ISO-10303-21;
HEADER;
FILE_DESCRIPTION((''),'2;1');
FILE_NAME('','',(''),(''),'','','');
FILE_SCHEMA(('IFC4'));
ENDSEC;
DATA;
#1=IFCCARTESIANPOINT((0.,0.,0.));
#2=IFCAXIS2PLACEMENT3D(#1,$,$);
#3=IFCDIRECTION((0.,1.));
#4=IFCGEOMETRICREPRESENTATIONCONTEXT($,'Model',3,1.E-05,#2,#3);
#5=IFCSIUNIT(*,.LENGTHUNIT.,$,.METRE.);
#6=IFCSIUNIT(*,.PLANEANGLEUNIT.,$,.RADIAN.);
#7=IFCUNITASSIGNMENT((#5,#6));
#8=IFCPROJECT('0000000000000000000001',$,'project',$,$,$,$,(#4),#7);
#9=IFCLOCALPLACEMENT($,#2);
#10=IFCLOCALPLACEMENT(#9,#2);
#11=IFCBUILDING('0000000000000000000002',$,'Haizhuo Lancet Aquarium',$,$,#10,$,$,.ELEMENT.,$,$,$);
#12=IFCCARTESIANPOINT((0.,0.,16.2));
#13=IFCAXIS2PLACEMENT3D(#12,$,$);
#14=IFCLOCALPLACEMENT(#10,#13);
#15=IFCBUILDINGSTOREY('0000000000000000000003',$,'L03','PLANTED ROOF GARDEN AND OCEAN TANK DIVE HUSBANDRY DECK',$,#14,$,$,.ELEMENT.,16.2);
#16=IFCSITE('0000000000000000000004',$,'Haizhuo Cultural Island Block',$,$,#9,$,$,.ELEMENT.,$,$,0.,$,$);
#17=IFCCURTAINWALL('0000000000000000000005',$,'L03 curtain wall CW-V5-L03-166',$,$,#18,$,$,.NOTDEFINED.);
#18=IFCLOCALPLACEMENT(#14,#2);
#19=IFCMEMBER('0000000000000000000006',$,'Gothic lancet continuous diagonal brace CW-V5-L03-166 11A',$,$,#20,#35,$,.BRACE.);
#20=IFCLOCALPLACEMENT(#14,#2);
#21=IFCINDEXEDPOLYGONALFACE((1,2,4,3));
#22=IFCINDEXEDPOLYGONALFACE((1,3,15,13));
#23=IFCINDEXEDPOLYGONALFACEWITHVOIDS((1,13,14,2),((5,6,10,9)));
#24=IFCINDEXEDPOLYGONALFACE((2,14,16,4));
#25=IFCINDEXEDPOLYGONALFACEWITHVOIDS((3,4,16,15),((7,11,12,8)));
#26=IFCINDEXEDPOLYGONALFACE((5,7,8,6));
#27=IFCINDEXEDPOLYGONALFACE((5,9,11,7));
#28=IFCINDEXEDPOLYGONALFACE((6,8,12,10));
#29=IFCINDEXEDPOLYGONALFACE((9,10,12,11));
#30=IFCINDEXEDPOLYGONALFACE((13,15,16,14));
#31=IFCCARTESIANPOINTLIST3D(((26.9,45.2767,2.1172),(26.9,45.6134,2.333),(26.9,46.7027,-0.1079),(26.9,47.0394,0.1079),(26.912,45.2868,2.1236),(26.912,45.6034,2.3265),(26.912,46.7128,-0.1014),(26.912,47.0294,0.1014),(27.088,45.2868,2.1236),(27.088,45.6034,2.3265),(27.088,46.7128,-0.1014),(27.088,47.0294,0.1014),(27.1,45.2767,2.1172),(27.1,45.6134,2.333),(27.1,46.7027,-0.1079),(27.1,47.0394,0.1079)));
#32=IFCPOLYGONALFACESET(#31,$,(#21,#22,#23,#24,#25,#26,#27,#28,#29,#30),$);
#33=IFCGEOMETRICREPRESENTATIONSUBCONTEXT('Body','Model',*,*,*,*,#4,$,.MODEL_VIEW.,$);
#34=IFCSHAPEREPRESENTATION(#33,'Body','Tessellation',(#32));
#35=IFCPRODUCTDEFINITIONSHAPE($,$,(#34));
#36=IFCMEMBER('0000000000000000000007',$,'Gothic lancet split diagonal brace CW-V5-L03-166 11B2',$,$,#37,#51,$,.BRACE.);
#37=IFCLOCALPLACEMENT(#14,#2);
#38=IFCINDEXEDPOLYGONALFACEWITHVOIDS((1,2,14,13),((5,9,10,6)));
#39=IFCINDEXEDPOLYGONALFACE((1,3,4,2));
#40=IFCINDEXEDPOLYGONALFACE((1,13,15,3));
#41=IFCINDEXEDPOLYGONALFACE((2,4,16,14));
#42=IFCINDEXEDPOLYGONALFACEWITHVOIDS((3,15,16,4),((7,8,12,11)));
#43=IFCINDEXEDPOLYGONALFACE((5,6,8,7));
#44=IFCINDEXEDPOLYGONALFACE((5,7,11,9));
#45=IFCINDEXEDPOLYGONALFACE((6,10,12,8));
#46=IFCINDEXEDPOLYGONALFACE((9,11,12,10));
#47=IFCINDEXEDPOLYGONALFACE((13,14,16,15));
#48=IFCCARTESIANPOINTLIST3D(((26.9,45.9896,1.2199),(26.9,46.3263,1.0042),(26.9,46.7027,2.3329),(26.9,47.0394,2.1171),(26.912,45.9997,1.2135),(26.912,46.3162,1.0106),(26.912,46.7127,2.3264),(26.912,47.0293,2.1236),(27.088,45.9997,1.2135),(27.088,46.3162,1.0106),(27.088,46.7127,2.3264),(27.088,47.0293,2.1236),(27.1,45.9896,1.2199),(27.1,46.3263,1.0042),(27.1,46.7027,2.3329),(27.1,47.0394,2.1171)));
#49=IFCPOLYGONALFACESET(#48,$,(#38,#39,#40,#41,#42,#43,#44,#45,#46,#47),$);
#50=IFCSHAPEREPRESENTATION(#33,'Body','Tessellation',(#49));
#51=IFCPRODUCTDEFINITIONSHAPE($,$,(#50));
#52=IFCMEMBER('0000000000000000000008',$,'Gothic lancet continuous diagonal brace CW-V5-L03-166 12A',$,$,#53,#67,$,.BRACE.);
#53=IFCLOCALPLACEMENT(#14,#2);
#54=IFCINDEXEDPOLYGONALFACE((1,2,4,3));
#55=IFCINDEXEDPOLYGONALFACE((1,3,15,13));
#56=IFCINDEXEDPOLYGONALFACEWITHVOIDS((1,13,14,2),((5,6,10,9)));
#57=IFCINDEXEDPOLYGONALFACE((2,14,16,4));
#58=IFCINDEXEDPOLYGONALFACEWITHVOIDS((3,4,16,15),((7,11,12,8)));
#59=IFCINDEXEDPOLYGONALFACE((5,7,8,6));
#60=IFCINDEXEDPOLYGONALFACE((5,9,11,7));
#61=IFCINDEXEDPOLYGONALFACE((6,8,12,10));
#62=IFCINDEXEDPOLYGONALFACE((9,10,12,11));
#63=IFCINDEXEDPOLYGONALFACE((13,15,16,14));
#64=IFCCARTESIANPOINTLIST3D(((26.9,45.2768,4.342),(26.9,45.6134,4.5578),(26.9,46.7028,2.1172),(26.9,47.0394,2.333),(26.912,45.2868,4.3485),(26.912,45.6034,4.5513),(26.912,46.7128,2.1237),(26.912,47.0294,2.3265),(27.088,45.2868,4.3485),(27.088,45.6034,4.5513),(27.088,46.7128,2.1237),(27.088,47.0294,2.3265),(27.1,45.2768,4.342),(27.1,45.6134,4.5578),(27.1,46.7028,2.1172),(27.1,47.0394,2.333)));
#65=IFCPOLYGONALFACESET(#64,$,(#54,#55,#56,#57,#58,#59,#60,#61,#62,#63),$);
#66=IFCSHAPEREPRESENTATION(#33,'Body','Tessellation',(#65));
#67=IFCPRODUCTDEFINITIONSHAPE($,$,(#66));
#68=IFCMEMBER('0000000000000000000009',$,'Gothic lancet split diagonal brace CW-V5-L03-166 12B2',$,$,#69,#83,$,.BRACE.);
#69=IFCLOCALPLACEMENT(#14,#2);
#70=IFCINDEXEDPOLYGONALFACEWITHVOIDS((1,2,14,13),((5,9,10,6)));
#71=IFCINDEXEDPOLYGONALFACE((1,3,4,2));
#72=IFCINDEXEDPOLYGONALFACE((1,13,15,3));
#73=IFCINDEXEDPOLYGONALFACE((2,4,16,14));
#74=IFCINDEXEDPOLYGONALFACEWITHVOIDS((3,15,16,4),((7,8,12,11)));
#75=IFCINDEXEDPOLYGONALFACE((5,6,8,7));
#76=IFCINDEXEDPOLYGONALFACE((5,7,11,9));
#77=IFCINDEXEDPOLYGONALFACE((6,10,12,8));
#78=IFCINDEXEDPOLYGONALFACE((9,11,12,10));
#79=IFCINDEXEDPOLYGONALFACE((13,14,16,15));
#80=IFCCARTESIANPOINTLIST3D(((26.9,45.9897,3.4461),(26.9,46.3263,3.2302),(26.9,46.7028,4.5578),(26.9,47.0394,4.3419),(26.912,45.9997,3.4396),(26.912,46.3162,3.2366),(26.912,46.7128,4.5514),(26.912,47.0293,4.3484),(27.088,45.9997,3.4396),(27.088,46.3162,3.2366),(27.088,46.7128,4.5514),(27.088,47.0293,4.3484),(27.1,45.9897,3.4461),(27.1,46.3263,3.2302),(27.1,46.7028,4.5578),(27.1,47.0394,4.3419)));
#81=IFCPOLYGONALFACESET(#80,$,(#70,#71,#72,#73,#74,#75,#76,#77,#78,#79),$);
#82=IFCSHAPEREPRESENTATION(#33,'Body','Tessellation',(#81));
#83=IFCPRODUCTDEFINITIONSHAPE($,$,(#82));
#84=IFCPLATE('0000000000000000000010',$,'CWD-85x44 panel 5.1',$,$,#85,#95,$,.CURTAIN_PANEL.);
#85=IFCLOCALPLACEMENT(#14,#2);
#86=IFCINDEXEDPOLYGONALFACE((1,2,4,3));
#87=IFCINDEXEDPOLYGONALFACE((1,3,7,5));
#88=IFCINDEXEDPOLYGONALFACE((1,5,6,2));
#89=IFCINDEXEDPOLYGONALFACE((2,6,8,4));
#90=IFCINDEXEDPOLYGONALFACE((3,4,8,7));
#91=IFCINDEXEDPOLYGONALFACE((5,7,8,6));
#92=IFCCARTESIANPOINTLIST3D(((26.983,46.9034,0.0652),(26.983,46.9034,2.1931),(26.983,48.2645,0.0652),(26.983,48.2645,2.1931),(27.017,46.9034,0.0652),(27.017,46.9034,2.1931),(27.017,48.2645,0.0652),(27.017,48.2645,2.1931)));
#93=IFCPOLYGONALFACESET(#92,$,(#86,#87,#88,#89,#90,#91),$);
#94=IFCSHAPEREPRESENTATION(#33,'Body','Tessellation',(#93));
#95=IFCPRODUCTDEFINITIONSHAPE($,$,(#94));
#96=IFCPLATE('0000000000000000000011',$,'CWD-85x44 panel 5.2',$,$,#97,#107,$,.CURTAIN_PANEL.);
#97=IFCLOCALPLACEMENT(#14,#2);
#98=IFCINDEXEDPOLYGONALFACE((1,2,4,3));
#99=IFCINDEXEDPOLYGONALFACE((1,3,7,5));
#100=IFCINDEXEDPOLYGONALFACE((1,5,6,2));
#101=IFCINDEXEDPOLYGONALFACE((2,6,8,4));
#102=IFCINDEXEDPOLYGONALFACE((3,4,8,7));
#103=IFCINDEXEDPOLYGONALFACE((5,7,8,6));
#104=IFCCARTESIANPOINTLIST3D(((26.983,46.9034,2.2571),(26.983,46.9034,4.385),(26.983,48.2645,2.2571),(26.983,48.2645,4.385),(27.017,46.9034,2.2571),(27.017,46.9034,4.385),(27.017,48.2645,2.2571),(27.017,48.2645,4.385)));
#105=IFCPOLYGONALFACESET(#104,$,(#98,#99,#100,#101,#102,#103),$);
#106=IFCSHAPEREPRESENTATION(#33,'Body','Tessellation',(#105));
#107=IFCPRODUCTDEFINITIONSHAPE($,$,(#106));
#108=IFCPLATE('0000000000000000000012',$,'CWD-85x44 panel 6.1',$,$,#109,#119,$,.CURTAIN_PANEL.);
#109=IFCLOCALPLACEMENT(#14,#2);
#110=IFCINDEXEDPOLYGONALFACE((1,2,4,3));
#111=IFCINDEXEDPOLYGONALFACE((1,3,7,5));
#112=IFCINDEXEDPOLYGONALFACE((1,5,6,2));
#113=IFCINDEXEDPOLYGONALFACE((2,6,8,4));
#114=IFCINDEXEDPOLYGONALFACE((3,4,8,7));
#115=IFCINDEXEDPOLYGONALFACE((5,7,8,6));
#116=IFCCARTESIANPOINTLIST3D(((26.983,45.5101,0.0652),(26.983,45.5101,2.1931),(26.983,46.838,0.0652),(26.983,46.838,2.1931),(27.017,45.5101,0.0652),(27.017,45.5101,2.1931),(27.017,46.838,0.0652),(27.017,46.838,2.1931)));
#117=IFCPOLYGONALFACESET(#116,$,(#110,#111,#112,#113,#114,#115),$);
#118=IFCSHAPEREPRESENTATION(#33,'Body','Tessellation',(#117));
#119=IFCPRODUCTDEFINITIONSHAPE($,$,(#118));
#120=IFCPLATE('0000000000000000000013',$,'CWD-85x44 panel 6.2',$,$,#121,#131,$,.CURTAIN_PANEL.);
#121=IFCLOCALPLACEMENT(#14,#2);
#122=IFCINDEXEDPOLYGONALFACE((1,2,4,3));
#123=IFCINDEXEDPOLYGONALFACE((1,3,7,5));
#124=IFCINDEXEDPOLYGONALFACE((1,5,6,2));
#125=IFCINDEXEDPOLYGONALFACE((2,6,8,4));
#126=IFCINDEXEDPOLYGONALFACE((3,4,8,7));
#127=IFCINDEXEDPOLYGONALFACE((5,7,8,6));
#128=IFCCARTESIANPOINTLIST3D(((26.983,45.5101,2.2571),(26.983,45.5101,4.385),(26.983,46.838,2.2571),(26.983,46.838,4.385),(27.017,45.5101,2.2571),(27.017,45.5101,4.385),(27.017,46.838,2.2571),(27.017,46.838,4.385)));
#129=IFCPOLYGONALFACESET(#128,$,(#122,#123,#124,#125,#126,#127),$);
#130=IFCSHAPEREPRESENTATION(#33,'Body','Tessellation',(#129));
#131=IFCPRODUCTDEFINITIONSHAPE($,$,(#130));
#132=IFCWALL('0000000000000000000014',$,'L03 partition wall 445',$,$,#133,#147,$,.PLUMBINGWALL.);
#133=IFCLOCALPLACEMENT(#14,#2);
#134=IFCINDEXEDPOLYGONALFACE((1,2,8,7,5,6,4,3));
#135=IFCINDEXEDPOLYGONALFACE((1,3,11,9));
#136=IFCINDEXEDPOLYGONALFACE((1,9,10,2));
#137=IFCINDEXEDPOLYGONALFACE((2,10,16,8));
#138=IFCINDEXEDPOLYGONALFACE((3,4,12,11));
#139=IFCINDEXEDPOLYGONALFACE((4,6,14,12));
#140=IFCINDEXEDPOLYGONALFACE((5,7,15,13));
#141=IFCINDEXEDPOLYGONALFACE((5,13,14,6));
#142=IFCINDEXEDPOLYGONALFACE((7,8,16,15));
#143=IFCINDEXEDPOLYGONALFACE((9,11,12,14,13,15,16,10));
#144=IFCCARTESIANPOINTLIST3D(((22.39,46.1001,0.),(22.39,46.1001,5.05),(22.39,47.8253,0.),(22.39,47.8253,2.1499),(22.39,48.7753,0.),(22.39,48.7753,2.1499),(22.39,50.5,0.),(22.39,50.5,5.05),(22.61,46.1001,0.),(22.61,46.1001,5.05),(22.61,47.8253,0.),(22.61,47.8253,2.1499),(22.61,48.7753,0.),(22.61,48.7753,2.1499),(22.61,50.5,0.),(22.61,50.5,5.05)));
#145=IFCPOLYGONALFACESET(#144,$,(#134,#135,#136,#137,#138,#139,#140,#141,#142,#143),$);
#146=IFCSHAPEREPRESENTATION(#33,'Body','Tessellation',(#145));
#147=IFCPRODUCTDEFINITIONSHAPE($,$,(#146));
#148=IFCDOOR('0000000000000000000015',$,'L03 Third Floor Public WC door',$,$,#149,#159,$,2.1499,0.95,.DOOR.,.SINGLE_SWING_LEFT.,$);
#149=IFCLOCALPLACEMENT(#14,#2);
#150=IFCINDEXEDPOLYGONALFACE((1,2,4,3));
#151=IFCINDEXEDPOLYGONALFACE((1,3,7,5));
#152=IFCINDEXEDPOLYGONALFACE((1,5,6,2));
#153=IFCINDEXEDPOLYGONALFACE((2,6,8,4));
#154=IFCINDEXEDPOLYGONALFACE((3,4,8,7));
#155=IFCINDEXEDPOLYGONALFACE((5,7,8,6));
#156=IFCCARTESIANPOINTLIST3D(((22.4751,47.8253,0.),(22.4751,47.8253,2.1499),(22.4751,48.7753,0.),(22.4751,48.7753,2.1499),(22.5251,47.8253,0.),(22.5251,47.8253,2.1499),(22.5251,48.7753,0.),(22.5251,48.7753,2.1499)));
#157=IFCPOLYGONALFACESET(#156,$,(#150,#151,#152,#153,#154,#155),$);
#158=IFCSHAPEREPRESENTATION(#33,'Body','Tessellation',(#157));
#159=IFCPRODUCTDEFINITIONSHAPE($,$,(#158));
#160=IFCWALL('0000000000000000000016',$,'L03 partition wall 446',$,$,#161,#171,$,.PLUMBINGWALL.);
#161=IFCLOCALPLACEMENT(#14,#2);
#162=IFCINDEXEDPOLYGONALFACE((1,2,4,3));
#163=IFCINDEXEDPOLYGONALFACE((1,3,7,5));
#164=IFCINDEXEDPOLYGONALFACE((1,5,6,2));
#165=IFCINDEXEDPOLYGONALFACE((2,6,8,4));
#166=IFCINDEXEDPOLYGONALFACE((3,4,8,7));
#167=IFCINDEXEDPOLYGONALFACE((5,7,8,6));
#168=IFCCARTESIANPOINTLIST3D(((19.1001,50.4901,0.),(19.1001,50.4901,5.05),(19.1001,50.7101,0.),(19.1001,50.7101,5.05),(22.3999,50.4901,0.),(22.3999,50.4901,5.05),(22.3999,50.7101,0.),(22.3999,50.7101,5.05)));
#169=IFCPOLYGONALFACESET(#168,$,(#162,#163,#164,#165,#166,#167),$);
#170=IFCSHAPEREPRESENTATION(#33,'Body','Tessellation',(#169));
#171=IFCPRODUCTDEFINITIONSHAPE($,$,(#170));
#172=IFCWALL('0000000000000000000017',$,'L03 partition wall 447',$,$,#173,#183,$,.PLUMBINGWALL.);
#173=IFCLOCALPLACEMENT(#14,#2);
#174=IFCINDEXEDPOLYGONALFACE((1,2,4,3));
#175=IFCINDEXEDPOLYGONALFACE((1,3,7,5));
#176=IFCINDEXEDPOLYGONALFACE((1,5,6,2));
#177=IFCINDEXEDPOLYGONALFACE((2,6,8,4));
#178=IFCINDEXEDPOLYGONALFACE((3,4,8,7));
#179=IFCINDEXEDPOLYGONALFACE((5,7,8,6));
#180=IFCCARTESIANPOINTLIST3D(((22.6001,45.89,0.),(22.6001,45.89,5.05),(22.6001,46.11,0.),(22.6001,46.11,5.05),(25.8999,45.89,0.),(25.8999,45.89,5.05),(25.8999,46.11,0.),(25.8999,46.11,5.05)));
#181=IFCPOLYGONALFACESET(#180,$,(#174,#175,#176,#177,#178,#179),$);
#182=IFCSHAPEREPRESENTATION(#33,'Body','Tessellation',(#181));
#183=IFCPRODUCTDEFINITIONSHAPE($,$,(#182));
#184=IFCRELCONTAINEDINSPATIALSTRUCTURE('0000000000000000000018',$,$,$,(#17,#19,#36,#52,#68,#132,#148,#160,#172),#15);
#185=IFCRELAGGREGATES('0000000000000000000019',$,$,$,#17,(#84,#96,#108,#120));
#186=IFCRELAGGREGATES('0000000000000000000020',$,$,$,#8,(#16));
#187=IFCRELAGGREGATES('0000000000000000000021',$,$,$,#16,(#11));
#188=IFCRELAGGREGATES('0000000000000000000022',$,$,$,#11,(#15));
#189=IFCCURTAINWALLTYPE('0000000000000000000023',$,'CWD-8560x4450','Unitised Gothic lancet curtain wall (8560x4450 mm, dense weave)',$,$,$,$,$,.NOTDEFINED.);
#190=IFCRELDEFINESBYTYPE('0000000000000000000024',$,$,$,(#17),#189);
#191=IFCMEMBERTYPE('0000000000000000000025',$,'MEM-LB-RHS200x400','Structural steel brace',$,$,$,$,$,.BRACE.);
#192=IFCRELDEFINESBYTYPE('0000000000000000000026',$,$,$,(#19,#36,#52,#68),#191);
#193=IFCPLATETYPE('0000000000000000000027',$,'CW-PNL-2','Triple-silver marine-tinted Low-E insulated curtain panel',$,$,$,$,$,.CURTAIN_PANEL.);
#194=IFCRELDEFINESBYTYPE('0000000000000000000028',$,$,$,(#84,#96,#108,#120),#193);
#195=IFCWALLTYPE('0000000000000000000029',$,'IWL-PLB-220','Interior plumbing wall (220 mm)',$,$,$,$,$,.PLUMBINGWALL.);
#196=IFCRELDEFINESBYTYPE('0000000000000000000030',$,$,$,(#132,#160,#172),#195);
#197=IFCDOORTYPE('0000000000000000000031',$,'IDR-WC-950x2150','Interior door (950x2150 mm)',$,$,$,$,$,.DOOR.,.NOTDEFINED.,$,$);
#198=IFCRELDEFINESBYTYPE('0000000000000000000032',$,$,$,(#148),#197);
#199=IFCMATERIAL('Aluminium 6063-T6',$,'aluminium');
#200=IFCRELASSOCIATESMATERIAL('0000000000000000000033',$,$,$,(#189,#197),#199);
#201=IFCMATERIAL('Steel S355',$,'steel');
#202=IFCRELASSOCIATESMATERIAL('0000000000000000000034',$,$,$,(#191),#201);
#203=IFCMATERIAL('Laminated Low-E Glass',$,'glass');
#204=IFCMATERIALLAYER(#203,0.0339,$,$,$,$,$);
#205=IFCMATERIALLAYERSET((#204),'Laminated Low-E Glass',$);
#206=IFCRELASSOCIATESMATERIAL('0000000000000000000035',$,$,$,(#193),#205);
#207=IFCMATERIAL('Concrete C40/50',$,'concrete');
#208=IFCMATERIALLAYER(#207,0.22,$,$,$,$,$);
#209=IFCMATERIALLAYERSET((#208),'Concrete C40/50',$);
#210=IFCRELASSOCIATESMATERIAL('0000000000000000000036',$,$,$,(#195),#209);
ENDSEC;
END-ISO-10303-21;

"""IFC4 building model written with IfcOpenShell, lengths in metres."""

from ifc_helpers import new_model, si_unit, direction, frame, frame_2d, origin, origin_2d, place, context, subcontext, project, spatial, rectangle, hollow_rectangle, extrude, material, layer, layer_set, material_profile, profile_set, type_object, element, fill, aggregate, save


model = new_model("IFC4")

# Units and contexts
model_context = context("Model", 3, precision=1e-05, world=origin(), true_north=direction((0.0, 1.0)))
body_context = subcontext(model_context, "Body", "Model", "MODEL_VIEW")
ifc_project = project(units=[si_unit("LENGTHUNIT", "METRE"), si_unit("PLANEANGLEUNIT", "RADIAN")], contexts=[model_context])

# Site, building, storey
site_placement = place(None, origin())
site = spatial("IfcSite", under=ifc_project, at=site_placement, Name="Haizhuo Cultural Island Block", CompositionType="ELEMENT", RefElevation=0.0)
building_placement = place(site_placement, origin())
building = spatial("IfcBuilding", under=site, at=building_placement, Name="Haizhuo Lancet Aquarium", CompositionType="ELEMENT")
storey_placement = place(building_placement, frame((0.0, 0.0, 16.2)))
storey = spatial("IfcBuildingStorey", under=building, at=storey_placement, Name="L03", Description="PLANTED ROOF GARDEN AND OCEAN TANK DIVE HUSBANDRY DECK", CompositionType="ELEMENT", Elevation=16.2)

# Curtain wall
ifc_material_1 = material(Name="Aluminium 6063-T6", Category="aluminium")
curtain_wall_type = type_object("IfcCurtainWallType", Name="CWD-8560x4450", Description="Unitised Gothic lancet curtain wall (8560x4450 mm, dense weave)", PredefinedType="NOTDEFINED", material=ifc_material_1)
curtain_wall_placement = place(storey_placement, origin())
curtain_wall = element("IfcCurtainWall", 1, at=curtain_wall_placement, inside=storey, type_object=curtain_wall_type, Name="L03 curtain wall CW-V5-L03-166", PredefinedType="NOTDEFINED")

# Members
ifc_material_2 = material(Name="Steel S355", Category="steel")
ifc_material_profile_1 = material_profile(ifc_material_2, hollow_rectangle(XDim=0.2, YDim=0.3999, WallThickness=0.012, at=origin_2d()), Name="RHS 200x400x12")
ifc_profile_set_1 = profile_set([ifc_material_profile_1], Name="Steel S355")
member_type_1 = type_object("IfcMemberType", Name="MEM-LB-RHS200x400", Description="Structural steel brace", PredefinedType="BRACE", material=ifc_profile_set_1)
member_1_placement = place(storey_placement, frame((27.0, 46.8711, 0.0), z_axis=(0.0, -0.53958, 0.841934), x_axis=(1.0, 0.0, 0.0)))
element("IfcMember", 2, at=member_1_placement, inside=storey, type_object=member_type_1, Name="Gothic lancet continuous diagonal brace CW-V5-L03-166 11A", PredefinedType="BRACE", context=body_context, shape_type="SweptSolid", body=[
    extrude(hollow_rectangle(XDim=0.2, YDim=0.3999, WallThickness=0.012, at=origin_2d()), origin(), (0.0, 0.0, 1.0), 2.6428),
])
member_2_placement = place(storey_placement, frame((27.0, 46.158, 1.1121), z_axis=(0.0, 0.539478, 0.842), x_axis=(-1.0, 0.0, 0.0)))
element("IfcMember", 3, at=member_2_placement, inside=storey, type_object=member_type_1, Name="Gothic lancet split diagonal brace CW-V5-L03-166 11B2", PredefinedType="BRACE", context=body_context, shape_type="SweptSolid", body=[
    extrude(hollow_rectangle(XDim=0.2, YDim=0.3999, WallThickness=0.012, at=origin_2d()), origin(), (0.0, 0.0, 1.0), 1.3218),
])
member_3_placement = place(storey_placement, frame((27.0, 46.8711, 2.2251), z_axis=(0.0, -0.539622, 0.841907), x_axis=(1.0, 0.0, 0.0)))
element("IfcMember", 4, at=member_3_placement, inside=storey, type_object=member_type_1, Name="Gothic lancet continuous diagonal brace CW-V5-L03-166 12A", PredefinedType="BRACE", context=body_context, shape_type="SweptSolid", body=[
    extrude(hollow_rectangle(XDim=0.2, YDim=0.3999, WallThickness=0.012, at=origin_2d()), origin(), (0.0, 0.0, 1.0), 2.6426),
])
member_4_placement = place(storey_placement, frame((27.0, 46.158, 3.3381), z_axis=(0.0, 0.539898, 0.841731), x_axis=(-1.0, 0.0, 0.0)))
element("IfcMember", 5, at=member_4_placement, inside=storey, type_object=member_type_1, Name="Gothic lancet split diagonal brace CW-V5-L03-166 12B2", PredefinedType="BRACE", context=body_context, shape_type="SweptSolid", body=[
    extrude(hollow_rectangle(XDim=0.2, YDim=0.3999, WallThickness=0.012, at=origin_2d()), origin(), (0.0, 0.0, 1.0), 1.3208),
])

# Plates
ifc_material_3 = material(Name="Laminated Low-E Glass", Category="glass")
ifc_layer_1 = layer(ifc_material_3, 0.0339)
ifc_layer_set_1 = layer_set([ifc_layer_1], Name="Laminated Low-E Glass")
plate_type = type_object("IfcPlateType", Name="CW-PNL-2", Description="Triple-silver marine-tinted Low-E insulated curtain panel", PredefinedType="CURTAIN_PANEL", material=ifc_layer_set_1)
plate_1_placement = place(storey_placement, frame((27.0, 47.584, 0.0652), z_axis=(0.0, 0.0, 1.0), x_axis=(0.0, -1.0, 0.0)))
plate_1 = element("IfcPlate", 6, at=plate_1_placement, type_object=plate_type, Name="CWD-85x44 panel 5.1", PredefinedType="CURTAIN_PANEL", context=body_context, shape_type="SweptSolid", body=[
    extrude(rectangle(XDim=1.3611, YDim=0.0339, at=origin_2d()), origin(), (0.0, 0.0, 1.0), 2.1279),
])
plate_2_placement = place(storey_placement, frame((27.0, 47.584, 2.2571), z_axis=(0.0, 0.0, 1.0), x_axis=(0.0, -1.0, 0.0)))
plate_2 = element("IfcPlate", 7, at=plate_2_placement, type_object=plate_type, Name="CWD-85x44 panel 5.2", PredefinedType="CURTAIN_PANEL", context=body_context, shape_type="SweptSolid", body=[
    extrude(rectangle(XDim=1.3611, YDim=0.0339, at=origin_2d()), origin(), (0.0, 0.0, 1.0), 2.1279),
])
plate_3_placement = place(storey_placement, frame((27.0, 46.1741, 0.0652), z_axis=(0.0, 0.0, 1.0), x_axis=(0.0, -1.0, 0.0)))
plate_3 = element("IfcPlate", 8, at=plate_3_placement, type_object=plate_type, Name="CWD-85x44 panel 6.1", PredefinedType="CURTAIN_PANEL", context=body_context, shape_type="SweptSolid", body=[
    extrude(rectangle(XDim=1.3279, YDim=0.0339, at=origin_2d()), origin(), (0.0, 0.0, 1.0), 2.1279),
])
plate_4_placement = place(storey_placement, frame((27.0, 46.1741, 2.2571), z_axis=(0.0, 0.0, 1.0), x_axis=(0.0, -1.0, 0.0)))
plate_4 = element("IfcPlate", 9, at=plate_4_placement, type_object=plate_type, Name="CWD-85x44 panel 6.2", PredefinedType="CURTAIN_PANEL", context=body_context, shape_type="SweptSolid", body=[
    extrude(rectangle(XDim=1.3279, YDim=0.0339, at=origin_2d()), origin(), (0.0, 0.0, 1.0), 2.1279),
])
aggregate(curtain_wall, [plate_1, plate_2, plate_3, plate_4])

# Wall, opening, door
ifc_material_4 = material(Name="Concrete C40/50", Category="concrete")
ifc_layer_2 = layer(ifc_material_4, 0.22)
ifc_layer_set_2 = layer_set([ifc_layer_2], Name="Concrete C40/50")
wall_type = type_object("IfcWallType", Name="IWL-PLB-220", Description="Interior plumbing wall (220 mm)", PredefinedType="PLUMBINGWALL", material=ifc_layer_set_2)
wall_1_placement = place(storey_placement, frame((22.5, 46.1001, 0.0), z_axis=(0.0, 0.0, 1.0), x_axis=(0.0, 1.0, 0.0)))
wall_1 = element("IfcWall", 10, at=wall_1_placement, inside=storey, type_object=wall_type, Name="L03 partition wall 445", PredefinedType="PLUMBINGWALL", context=body_context, shape_type="SweptSolid", body=[
    extrude(rectangle(XDim=4.3999, YDim=0.22, at=frame_2d((2.2, 0.0))), origin(), (0.0, 0.0, 1.0), 5.05),
])
opening_1_placement = place(wall_1_placement, frame((1.7251, 0.0, 0.0)))
opening_1 = element("IfcOpeningElement", 11, at=opening_1_placement, cuts=wall_1, PredefinedType="OPENING", context=body_context, shape_type="SweptSolid", body=[
    extrude(rectangle(XDim=0.95, YDim=2.1499, at=frame_2d((0.4751, 1.075))), frame((0.0, 0.1199, 0.0), z_axis=(0.0, -1.0, 0.0), x_axis=(1.0, 0.0, 0.0)), (0.0, 0.0, 1.0), 0.24),
])
door_type_1 = type_object("IfcDoorType", Name="IDR-WC-950x2150", Description="Interior door (950x2150 mm)", OperationType="NOTDEFINED", PredefinedType="DOOR", material=ifc_material_1)
door_1_placement = place(opening_1_placement, origin())
door_1 = element("IfcDoor", 12, at=door_1_placement, inside=storey, type_object=door_type_1, Name="L03 Third Floor Public WC door", OperationType="SINGLE_SWING_LEFT", OverallHeight=2.1499, OverallWidth=0.95, PredefinedType="DOOR", context=body_context, shape_type="SweptSolid", body=[
    extrude(rectangle(XDim=0.95, YDim=2.1499, at=frame_2d((0.4751, 1.075))), frame((0.0, 0.0249, 0.0), z_axis=(0.0, -1.0, 0.0), x_axis=(1.0, 0.0, 0.0)), (0.0, 0.0, 1.0), 0.05),
])
fill(opening_1, door_1)

# Walls
for number, where, z_axis, x_axis, name in (
    (13, (22.3999, 50.6001, 0.0), (0.0, 0.0, 1.0), (-1.0, 0.0, 0.0), "L03 partition wall 446"),
    (14, (22.6001, 46.0, 0.0), (0.0, 0.0, 1.0), (1.0, 0.0, 0.0), "L03 partition wall 447"),
):
    element("IfcWall", number, at=place(storey_placement, frame(where, z_axis=z_axis, x_axis=x_axis)), inside=storey, type_object=wall_type, Name=name, PredefinedType="PLUMBINGWALL", context=body_context, shape_type="SweptSolid", body=[
        extrude(rectangle(XDim=3.2998, YDim=0.22, at=frame_2d((1.6499, 0.0))), origin(), (0.0, 0.0, 1.0), 5.05),
    ])

save(model, "model.ifc")
